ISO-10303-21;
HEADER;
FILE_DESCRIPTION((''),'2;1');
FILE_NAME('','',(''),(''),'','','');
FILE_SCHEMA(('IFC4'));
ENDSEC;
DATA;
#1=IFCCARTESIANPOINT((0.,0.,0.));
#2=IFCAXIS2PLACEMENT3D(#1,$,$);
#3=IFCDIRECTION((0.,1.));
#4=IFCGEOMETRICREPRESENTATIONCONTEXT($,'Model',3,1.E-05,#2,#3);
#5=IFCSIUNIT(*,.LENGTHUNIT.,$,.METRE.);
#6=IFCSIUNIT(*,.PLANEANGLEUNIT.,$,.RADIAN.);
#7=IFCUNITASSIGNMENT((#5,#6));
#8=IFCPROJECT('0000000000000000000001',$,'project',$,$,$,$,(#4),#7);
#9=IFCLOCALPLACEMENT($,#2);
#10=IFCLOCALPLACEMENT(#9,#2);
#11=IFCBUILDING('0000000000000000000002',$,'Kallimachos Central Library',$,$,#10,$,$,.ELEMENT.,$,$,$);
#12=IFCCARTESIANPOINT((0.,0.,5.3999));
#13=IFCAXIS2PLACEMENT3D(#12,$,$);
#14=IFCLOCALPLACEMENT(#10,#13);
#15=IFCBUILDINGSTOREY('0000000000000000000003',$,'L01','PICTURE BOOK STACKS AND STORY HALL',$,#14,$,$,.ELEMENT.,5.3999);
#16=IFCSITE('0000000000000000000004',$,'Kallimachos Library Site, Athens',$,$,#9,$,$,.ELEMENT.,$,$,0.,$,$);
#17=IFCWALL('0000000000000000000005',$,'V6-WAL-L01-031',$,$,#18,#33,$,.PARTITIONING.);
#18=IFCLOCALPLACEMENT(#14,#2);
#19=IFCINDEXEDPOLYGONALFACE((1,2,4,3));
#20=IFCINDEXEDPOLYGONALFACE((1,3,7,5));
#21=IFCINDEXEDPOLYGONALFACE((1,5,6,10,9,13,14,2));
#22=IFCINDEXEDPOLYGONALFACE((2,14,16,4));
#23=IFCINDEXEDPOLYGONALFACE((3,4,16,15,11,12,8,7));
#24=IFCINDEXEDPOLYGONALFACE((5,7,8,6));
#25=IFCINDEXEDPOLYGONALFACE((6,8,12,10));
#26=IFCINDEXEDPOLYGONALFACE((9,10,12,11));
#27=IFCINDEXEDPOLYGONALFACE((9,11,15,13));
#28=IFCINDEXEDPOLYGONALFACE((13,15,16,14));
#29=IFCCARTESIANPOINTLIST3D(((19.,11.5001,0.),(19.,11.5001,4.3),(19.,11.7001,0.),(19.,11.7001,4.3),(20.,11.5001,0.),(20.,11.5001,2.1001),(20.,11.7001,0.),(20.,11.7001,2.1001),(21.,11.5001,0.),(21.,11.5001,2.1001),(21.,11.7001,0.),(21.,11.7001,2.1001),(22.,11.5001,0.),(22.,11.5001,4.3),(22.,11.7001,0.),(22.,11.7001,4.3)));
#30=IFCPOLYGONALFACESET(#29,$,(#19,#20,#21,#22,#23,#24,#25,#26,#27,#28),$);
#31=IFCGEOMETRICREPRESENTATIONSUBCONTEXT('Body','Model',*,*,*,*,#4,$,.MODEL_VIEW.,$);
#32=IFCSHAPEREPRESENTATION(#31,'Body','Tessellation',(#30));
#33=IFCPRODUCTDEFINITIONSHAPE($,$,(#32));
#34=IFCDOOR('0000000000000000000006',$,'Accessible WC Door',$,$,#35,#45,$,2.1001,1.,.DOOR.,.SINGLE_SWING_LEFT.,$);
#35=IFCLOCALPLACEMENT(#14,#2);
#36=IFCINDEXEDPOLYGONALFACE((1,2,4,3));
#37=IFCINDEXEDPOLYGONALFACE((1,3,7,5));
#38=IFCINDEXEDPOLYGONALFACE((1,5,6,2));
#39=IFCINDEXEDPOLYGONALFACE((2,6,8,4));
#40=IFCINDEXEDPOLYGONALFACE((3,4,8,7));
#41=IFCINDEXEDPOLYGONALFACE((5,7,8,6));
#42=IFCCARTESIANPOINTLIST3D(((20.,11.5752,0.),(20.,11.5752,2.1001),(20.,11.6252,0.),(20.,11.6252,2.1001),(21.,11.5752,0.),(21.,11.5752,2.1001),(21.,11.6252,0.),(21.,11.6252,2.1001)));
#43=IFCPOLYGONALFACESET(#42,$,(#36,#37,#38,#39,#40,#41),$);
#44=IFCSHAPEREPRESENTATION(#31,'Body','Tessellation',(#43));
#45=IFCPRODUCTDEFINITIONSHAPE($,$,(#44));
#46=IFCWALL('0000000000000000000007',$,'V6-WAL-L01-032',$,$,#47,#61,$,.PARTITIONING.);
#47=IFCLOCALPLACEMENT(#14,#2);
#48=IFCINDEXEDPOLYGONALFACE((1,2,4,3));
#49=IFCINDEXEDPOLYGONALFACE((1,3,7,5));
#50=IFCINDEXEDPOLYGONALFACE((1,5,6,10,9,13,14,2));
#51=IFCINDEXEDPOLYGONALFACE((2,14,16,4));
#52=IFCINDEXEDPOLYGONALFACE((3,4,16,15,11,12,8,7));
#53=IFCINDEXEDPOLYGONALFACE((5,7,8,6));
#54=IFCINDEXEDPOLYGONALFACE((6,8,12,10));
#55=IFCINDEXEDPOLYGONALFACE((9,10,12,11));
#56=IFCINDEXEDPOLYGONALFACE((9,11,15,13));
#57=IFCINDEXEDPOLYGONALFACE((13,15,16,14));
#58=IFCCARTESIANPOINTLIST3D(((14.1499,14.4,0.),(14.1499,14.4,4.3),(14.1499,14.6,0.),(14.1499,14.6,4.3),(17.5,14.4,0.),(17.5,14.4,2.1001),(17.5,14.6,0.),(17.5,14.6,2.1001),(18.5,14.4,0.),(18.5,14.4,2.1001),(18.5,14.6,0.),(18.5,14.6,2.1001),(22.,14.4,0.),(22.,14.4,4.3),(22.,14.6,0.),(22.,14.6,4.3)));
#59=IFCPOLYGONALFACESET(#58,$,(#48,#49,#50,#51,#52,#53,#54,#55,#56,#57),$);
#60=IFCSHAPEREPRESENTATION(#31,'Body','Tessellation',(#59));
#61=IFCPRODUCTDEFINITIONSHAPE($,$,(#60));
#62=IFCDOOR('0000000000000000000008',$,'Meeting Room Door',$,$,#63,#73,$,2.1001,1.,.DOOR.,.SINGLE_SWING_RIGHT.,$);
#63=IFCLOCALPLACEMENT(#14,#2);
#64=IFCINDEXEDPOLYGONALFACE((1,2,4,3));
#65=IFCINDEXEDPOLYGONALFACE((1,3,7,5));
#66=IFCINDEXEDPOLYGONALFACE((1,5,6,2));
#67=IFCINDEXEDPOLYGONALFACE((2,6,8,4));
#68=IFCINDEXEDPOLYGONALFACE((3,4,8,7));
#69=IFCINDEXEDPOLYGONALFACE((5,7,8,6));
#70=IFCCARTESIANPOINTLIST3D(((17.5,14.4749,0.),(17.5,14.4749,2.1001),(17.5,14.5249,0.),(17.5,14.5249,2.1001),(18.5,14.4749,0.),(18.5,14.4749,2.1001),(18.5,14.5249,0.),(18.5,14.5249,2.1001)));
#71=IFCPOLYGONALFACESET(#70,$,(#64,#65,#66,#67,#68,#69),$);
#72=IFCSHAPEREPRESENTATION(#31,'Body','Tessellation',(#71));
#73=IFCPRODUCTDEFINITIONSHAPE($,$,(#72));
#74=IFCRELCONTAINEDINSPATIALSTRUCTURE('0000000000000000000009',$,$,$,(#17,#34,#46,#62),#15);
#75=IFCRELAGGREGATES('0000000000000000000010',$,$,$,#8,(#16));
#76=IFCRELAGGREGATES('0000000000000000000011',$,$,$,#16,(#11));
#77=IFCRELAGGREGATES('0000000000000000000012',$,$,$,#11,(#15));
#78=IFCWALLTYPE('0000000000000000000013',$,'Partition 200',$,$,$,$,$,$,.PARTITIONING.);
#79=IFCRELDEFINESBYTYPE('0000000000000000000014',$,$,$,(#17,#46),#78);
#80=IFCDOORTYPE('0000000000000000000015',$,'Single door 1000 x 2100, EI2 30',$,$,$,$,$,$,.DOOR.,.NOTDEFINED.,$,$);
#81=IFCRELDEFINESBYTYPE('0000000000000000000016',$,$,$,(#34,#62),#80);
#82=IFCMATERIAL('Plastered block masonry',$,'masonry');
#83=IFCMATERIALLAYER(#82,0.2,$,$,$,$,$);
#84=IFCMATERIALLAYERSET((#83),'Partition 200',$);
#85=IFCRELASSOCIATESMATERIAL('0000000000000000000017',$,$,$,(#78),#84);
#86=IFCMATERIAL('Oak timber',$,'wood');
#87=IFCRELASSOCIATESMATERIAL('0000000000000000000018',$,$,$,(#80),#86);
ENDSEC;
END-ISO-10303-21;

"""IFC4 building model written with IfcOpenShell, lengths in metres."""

from ifc_helpers import new_model, si_unit, direction, frame, frame_2d, origin, place, context, subcontext, project, spatial, rectangle, extrude, material, layer, layer_set, type_object, element, fill, save


model = new_model("IFC4")

# Units and contexts
model_context = context("Model", 3, precision=1e-05, world=origin(), true_north=direction((0.0, 1.0)))
body_context = subcontext(model_context, "Body", "Model", "MODEL_VIEW")
ifc_project = project(units=[si_unit("LENGTHUNIT", "METRE"), si_unit("PLANEANGLEUNIT", "RADIAN")], contexts=[model_context])

# Site, building, storey
site_placement = place(None, origin())
site = spatial("IfcSite", under=ifc_project, at=site_placement, Name="Kallimachos Library Site, Athens", CompositionType="ELEMENT", RefElevation=0.0)
building_placement = place(site_placement, origin())
building = spatial("IfcBuilding", under=site, at=building_placement, Name="Kallimachos Central Library", CompositionType="ELEMENT")
storey_placement = place(building_placement, frame((0.0, 0.0, 5.3999)))
storey = spatial("IfcBuildingStorey", under=building, at=storey_placement, Name="L01", Description="PICTURE BOOK STACKS AND STORY HALL", CompositionType="ELEMENT", Elevation=5.3999)

# Shared definitions
ifc_material_1 = material(Name="Plastered block masonry", Category="masonry")
ifc_layer_1 = layer(ifc_material_1, 0.2)
ifc_layer_set_1 = layer_set([ifc_layer_1], Name="Partition 200")
wall_type_1 = type_object("IfcWallType", Name="Partition 200", PredefinedType="PARTITIONING", material=ifc_layer_set_1)
ifc_material_2 = material(Name="Oak timber", Category="wood")
door_type = type_object("IfcDoorType", Name="Single door 1000 x 2100, EI2 30", OperationType="NOTDEFINED", PredefinedType="DOOR", material=ifc_material_2)

# Walls, openings, doors
wall_1_placement = place(storey_placement, frame((19.0, 11.6001, 0.0), z_axis=(0.0, 0.0, 1.0), x_axis=(1.0, 0.0, 0.0)))
wall_1 = element("IfcWall", 1, at=wall_1_placement, inside=storey, type_object=wall_type_1, Name="V6-WAL-L01-031", PredefinedType="PARTITIONING", context=body_context, shape_type="SweptSolid", body=[
    extrude(rectangle(XDim=3.0, YDim=0.2, at=frame_2d((1.5, 0.0))), origin(), (0.0, 0.0, 1.0), 4.3),
])
opening_1_placement = place(wall_1_placement, frame((1.0, 0.0, 0.0)))
opening_1 = element("IfcOpeningElement", 2, at=opening_1_placement, cuts=wall_1, PredefinedType="OPENING", context=body_context, shape_type="SweptSolid", body=[
    extrude(rectangle(XDim=1.0, YDim=2.1001, at=frame_2d((0.5, 1.05))), frame((0.0, 0.1099, 0.0), z_axis=(0.0, -1.0, 0.0), x_axis=(1.0, 0.0, 0.0)), (0.0, 0.0, 1.0), 0.22),
])
door_1_placement = place(opening_1_placement, frame((1.0, 0.0, 0.0), z_axis=(0.0, 0.0, 1.0), x_axis=(-1.0, 0.0, 0.0)))
door_1 = element("IfcDoor", 3, at=door_1_placement, inside=storey, type_object=door_type, Name="Accessible WC Door", OperationType="SINGLE_SWING_LEFT", OverallHeight=2.1001, OverallWidth=1.0, PredefinedType="DOOR", context=body_context, shape_type="SweptSolid", body=[
    extrude(rectangle(XDim=1.0, YDim=2.1001, at=frame_2d((0.5, 1.05))), frame((0.0, 0.0249, 0.0), z_axis=(0.0, -1.0, 0.0), x_axis=(1.0, 0.0, 0.0)), (0.0, 0.0, 1.0), 0.05),
])
fill(opening_1, door_1)
wall_2_placement = place(storey_placement, frame((14.1499, 14.5, 0.0), z_axis=(0.0, 0.0, 1.0), x_axis=(1.0, 0.0, 0.0)))
wall_2 = element("IfcWall", 4, at=wall_2_placement, inside=storey, type_object=wall_type_1, Name="V6-WAL-L01-032", PredefinedType="PARTITIONING", context=body_context, shape_type="SweptSolid", body=[
    extrude(rectangle(XDim=7.8501, YDim=0.2, at=frame_2d((3.925, 0.0))), origin(), (0.0, 0.0, 1.0), 4.3),
])
opening_2_placement = place(wall_2_placement, frame((3.3501, 0.0, 0.0)))
opening_2 = element("IfcOpeningElement", 5, at=opening_2_placement, cuts=wall_2, PredefinedType="OPENING", context=body_context, shape_type="SweptSolid", body=[
    extrude(rectangle(XDim=1.0, YDim=2.1001, at=frame_2d((0.5, 1.05))), frame((0.0, 0.1099, 0.0), z_axis=(0.0, -1.0, 0.0), x_axis=(1.0, 0.0, 0.0)), (0.0, 0.0, 1.0), 0.22),
])
door_2_placement = place(opening_2_placement, origin())
door_2 = element("IfcDoor", 6, at=door_2_placement, inside=storey, type_object=door_type, Name="Meeting Room Door", OperationType="SINGLE_SWING_RIGHT", OverallHeight=2.1001, OverallWidth=1.0, PredefinedType="DOOR", context=body_context, shape_type="SweptSolid", body=[
    extrude(rectangle(XDim=1.0, YDim=2.1001, at=frame_2d((0.5, 1.05))), frame((0.0, 0.0249, 0.0), z_axis=(0.0, -1.0, 0.0), x_axis=(1.0, 0.0, 0.0)), (0.0, 0.0, 1.0), 0.05),
])
fill(opening_2, door_2)

save(model, "model.ifc")
